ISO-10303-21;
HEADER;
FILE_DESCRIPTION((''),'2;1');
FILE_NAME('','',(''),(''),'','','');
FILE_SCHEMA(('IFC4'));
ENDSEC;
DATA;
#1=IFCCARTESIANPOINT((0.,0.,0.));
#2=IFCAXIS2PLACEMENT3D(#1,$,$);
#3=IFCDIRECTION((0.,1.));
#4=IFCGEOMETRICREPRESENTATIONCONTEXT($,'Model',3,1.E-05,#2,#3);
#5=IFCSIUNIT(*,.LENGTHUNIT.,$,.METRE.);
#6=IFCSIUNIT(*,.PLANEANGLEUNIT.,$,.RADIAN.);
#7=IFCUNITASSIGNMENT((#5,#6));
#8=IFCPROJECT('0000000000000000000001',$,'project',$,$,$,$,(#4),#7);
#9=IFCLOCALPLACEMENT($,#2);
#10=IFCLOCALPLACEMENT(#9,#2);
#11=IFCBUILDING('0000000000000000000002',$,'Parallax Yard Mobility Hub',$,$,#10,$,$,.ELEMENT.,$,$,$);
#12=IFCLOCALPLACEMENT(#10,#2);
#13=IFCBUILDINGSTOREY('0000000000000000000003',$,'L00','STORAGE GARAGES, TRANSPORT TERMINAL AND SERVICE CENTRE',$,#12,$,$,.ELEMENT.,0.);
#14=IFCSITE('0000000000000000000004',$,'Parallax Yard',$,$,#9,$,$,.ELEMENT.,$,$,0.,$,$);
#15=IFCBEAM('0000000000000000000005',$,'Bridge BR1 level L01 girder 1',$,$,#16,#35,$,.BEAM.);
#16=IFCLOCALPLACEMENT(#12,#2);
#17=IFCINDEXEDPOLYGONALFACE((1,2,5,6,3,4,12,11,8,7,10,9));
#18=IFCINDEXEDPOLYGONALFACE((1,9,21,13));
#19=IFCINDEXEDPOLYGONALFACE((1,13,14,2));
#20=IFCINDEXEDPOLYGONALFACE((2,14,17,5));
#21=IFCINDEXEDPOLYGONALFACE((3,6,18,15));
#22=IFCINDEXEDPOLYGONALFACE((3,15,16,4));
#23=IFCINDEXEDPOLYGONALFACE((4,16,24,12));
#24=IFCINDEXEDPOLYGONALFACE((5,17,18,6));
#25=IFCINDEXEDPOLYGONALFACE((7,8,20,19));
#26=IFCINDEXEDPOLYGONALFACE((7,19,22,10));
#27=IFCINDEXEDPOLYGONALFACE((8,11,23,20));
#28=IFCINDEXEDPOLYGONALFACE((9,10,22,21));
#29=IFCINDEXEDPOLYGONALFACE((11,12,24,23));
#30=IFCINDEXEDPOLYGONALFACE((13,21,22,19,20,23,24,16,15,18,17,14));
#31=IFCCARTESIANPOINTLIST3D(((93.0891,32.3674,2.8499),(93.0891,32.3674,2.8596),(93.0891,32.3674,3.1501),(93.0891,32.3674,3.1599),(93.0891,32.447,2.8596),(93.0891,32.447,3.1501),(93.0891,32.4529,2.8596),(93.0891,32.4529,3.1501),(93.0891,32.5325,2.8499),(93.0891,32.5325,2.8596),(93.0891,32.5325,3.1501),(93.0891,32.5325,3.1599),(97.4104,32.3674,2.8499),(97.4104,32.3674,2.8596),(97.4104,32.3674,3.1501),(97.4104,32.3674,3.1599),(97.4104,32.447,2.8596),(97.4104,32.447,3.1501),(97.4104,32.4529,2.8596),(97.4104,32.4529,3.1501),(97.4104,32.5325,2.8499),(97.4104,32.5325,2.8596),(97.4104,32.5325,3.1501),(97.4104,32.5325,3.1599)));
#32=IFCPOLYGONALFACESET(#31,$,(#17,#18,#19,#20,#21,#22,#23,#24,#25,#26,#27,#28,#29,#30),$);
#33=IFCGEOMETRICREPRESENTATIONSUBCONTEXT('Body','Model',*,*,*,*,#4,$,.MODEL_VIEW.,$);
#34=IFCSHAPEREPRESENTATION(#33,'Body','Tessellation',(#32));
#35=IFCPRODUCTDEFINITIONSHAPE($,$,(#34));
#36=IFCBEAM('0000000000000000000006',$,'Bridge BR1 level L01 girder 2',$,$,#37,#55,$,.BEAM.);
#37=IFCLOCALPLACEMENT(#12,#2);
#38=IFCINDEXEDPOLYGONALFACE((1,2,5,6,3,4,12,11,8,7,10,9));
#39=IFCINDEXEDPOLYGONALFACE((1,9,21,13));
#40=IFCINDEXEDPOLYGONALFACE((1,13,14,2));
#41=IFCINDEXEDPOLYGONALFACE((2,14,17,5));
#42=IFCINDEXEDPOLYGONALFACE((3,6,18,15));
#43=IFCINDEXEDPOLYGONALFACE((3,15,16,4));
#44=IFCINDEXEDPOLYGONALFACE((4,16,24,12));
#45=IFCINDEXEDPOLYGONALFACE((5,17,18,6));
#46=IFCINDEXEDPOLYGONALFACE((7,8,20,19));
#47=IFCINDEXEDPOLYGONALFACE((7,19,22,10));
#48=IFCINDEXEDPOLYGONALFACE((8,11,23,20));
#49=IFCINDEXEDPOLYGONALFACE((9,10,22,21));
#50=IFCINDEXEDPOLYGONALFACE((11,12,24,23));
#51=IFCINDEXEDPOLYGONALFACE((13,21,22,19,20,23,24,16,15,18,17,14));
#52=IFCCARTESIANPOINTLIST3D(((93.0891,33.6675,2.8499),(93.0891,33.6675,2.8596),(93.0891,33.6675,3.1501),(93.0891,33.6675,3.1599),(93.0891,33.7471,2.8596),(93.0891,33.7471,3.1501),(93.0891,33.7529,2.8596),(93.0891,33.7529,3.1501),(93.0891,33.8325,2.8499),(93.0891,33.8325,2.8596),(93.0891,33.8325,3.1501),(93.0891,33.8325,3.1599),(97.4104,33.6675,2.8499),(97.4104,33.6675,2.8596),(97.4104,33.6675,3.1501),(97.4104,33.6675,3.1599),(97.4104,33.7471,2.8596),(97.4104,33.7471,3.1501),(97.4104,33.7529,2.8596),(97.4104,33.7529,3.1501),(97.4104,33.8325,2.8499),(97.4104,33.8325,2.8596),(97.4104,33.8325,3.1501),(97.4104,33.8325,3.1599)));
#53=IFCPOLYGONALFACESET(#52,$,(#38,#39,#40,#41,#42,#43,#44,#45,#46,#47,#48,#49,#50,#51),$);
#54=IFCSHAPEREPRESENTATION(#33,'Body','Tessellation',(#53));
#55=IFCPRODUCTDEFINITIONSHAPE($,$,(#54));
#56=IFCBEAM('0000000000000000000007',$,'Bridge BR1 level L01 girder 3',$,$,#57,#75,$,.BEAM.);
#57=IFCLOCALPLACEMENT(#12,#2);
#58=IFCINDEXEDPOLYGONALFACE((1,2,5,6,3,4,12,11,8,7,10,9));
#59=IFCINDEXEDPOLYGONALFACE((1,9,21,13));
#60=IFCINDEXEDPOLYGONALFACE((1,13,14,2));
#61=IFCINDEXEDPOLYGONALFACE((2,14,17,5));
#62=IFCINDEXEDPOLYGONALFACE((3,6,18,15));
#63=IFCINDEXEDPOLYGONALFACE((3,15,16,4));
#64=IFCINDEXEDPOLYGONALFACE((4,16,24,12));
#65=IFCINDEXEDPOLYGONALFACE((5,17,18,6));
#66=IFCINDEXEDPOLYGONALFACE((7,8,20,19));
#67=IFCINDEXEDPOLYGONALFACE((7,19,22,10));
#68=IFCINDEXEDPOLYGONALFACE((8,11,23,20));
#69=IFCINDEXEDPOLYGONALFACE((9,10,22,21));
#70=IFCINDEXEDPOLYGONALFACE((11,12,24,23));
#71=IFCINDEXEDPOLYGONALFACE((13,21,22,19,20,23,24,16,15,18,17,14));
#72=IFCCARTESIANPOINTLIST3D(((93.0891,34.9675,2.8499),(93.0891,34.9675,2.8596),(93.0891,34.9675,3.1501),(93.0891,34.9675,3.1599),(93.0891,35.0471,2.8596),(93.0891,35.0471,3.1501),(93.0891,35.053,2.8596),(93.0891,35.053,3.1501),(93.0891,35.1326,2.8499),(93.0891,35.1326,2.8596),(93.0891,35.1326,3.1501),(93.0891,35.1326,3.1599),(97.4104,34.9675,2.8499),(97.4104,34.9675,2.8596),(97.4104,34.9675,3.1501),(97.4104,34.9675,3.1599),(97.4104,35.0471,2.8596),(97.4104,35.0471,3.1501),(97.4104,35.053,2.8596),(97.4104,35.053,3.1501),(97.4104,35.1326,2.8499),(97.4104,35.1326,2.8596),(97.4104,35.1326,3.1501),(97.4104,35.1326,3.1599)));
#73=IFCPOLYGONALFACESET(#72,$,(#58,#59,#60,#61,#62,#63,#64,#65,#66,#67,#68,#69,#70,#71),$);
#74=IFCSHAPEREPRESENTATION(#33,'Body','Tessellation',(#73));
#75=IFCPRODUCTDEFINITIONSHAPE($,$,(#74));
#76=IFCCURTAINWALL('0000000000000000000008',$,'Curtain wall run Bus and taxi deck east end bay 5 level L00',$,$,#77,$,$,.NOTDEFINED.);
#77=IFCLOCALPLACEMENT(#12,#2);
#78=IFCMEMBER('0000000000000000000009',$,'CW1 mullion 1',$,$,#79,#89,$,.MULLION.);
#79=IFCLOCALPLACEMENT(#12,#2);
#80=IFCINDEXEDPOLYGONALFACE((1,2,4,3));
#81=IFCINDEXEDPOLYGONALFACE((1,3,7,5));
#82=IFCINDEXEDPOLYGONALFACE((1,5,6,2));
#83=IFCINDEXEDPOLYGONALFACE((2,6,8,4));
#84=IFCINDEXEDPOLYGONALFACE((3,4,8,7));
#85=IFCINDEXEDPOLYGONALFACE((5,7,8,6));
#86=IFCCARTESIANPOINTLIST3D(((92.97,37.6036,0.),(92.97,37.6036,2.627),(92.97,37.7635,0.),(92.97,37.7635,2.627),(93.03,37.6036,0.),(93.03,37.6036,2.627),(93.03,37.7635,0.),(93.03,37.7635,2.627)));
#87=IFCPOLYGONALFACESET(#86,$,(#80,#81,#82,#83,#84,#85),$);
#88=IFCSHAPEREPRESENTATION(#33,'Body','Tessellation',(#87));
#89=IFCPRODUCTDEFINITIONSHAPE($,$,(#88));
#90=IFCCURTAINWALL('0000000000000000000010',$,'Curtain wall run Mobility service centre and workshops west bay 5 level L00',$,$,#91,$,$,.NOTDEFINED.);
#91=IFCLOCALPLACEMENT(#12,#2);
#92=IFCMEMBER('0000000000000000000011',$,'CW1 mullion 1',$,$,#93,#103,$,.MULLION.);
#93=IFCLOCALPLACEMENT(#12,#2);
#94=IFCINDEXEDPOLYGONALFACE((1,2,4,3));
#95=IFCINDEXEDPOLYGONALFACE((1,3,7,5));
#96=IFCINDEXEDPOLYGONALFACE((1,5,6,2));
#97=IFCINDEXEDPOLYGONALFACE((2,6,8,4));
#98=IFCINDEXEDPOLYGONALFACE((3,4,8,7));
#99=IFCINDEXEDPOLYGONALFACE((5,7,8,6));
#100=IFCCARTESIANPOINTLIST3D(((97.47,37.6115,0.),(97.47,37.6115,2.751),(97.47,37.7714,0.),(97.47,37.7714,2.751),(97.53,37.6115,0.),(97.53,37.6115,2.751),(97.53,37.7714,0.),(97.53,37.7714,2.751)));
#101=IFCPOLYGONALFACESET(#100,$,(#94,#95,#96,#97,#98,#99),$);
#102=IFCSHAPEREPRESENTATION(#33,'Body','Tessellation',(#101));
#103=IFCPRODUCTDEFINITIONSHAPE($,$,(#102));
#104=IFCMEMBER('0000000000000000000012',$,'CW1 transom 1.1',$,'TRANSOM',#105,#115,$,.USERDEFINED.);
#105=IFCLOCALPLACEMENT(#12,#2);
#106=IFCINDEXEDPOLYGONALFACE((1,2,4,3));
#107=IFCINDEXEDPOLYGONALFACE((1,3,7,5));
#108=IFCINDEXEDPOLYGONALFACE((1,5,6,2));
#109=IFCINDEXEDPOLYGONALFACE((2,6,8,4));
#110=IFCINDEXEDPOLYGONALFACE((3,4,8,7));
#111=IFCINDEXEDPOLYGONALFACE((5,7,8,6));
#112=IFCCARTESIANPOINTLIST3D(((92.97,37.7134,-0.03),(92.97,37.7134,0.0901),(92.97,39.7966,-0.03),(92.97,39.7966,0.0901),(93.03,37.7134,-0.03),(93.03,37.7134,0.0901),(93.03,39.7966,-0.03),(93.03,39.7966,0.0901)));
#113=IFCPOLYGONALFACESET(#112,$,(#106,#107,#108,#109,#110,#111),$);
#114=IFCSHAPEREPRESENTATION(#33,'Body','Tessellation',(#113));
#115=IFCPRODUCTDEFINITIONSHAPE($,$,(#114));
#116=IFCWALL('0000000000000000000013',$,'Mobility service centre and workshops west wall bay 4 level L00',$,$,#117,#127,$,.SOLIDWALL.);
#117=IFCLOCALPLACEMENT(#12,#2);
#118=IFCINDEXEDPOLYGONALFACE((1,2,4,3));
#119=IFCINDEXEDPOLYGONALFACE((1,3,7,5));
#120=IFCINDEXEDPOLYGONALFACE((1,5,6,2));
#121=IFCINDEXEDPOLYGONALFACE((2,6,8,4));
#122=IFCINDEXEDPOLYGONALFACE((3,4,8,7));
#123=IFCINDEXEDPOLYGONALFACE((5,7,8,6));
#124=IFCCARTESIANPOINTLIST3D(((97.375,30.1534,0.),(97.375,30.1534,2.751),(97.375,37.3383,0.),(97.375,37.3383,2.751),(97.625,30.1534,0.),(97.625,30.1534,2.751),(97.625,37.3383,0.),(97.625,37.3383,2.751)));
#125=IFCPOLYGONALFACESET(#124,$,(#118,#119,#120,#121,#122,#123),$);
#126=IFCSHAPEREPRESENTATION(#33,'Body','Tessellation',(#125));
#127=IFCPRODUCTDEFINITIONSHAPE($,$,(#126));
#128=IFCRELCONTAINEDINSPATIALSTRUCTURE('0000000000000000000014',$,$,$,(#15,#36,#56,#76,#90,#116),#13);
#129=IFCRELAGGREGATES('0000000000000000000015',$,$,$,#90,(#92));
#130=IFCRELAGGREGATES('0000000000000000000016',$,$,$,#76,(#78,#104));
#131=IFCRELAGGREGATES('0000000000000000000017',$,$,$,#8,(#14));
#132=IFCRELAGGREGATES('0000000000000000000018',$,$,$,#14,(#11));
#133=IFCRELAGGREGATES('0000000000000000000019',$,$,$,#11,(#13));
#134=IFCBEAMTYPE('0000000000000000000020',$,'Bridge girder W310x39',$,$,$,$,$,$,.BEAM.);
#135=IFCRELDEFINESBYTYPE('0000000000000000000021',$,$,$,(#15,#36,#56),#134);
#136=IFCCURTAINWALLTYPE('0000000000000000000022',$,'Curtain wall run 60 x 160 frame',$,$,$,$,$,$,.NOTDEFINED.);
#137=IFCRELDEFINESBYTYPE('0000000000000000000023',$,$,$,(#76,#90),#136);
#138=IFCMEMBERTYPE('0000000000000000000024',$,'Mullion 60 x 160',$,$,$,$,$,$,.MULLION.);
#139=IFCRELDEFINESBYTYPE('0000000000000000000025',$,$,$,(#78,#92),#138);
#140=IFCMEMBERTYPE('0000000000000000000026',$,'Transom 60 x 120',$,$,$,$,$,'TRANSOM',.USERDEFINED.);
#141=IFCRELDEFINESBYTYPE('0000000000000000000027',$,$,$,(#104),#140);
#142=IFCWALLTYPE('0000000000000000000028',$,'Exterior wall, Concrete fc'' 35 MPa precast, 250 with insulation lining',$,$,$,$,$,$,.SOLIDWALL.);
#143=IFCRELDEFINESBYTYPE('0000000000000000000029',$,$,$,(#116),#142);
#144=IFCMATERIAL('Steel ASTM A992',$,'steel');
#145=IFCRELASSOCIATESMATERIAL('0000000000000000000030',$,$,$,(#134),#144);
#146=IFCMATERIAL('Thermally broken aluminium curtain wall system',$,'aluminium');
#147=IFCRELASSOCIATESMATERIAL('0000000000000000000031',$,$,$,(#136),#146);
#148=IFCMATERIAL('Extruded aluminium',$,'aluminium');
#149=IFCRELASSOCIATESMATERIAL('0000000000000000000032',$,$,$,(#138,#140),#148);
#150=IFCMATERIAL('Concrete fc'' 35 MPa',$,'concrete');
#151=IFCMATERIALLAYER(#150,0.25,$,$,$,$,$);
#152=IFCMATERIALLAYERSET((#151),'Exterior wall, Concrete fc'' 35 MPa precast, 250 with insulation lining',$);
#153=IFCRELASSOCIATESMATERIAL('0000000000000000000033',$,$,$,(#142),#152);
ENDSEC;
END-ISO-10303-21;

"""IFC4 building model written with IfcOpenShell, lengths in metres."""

from ifc_helpers import new_model, si_unit, direction, frame, frame_2d, origin, origin_2d, place, context, subcontext, project, spatial, rectangle, i_section, extrude, material, layer, layer_set, material_profile, profile_set, type_object, element, aggregate, save


model = new_model("IFC4")

# Units and contexts
model_context = context("Model", 3, precision=1e-05, world=origin(), true_north=direction((0.0, 1.0)))
body_context = subcontext(model_context, "Body", "Model", "MODEL_VIEW")
ifc_project = project(units=[si_unit("LENGTHUNIT", "METRE"), si_unit("PLANEANGLEUNIT", "RADIAN")], contexts=[model_context])

# Site, building, storey
site_placement = place(None, origin())
site = spatial("IfcSite", under=ifc_project, at=site_placement, Name="Parallax Yard", CompositionType="ELEMENT", RefElevation=0.0)
building_placement = place(site_placement, origin())
building = spatial("IfcBuilding", under=site, at=building_placement, Name="Parallax Yard Mobility Hub", CompositionType="ELEMENT")
storey_placement = place(building_placement, origin())
storey = spatial("IfcBuildingStorey", under=building, at=storey_placement, Name="L00", Description="STORAGE GARAGES, TRANSPORT TERMINAL AND SERVICE CENTRE", CompositionType="ELEMENT", Elevation=0.0)

# Shared definitions
ifc_material_1 = material(Name="Steel ASTM A992", Category="steel")

# Beams
ifc_material_profile_1 = material_profile(ifc_material_1, i_section(OverallWidth=0.165, OverallDepth=0.3101, WebThickness=0.0059, FlangeThickness=0.0098, at=origin_2d()), Name="W310x39")
ifc_profile_set_1 = profile_set([ifc_material_profile_1], Name="Steel ASTM A992")
beam_type = type_object("IfcBeamType", Name="Bridge girder W310x39", PredefinedType="BEAM", material=ifc_profile_set_1)
for number, where, z_axis, x_axis, name in (
    (1, (93.0891, 32.45, 3.0049), (1.0, 0.0, 0.0), (0.0, 1.0, 0.0), "Bridge BR1 level L01 girder 1"),
    (2, (93.0891, 33.75, 3.0049), (1.0, 0.0, 0.0), (0.0, 1.0, 0.0), "Bridge BR1 level L01 girder 2"),
    (3, (93.0891, 35.05, 3.0049), (1.0, 0.0, 0.0), (0.0, 1.0, 0.0), "Bridge BR1 level L01 girder 3"),
):
    element("IfcBeam", number, at=place(storey_placement, frame(where, z_axis=z_axis, x_axis=x_axis)), inside=storey, type_object=beam_type, Name=name, PredefinedType="BEAM", context=body_context, shape_type="SweptSolid", body=[
        extrude(i_section(OverallWidth=0.165, OverallDepth=0.3101, WebThickness=0.0059, FlangeThickness=0.0098, at=origin_2d()), origin(), (0.0, 0.0, 1.0), 4.3213),
    ])

# Curtain walls, members
ifc_material_2 = material(Name="Thermally broken aluminium curtain wall system", Category="aluminium")
curtain_wall_type = type_object("IfcCurtainWallType", Name="Curtain wall run 60 x 160 frame", PredefinedType="NOTDEFINED", material=ifc_material_2)
curtain_wall_1_placement = place(storey_placement, origin())
curtain_wall_1 = element("IfcCurtainWall", 4, at=curtain_wall_1_placement, inside=storey, type_object=curtain_wall_type, Name="Curtain wall run Bus and taxi deck east end bay 5 level L00", PredefinedType="NOTDEFINED")
ifc_material_3 = material(Name="Extruded aluminium", Category="aluminium")
ifc_material_profile_2 = material_profile(ifc_material_3, rectangle(XDim=0.0601, YDim=0.1599, at=origin_2d()), Name="Mullion 60 x 160")
ifc_profile_set_2 = profile_set([ifc_material_profile_2], Name="Extruded aluminium")
member_type_1 = type_object("IfcMemberType", Name="Mullion 60 x 160", PredefinedType="MULLION", material=ifc_profile_set_2)
member_1_placement = place(storey_placement, frame((93.0, 37.6836, 0.0), z_axis=(0.0, 0.0, 1.0), x_axis=(-1.0, 0.0, 0.0)))
member_1 = element("IfcMember", 5, at=member_1_placement, type_object=member_type_1, Name="CW1 mullion 1", PredefinedType="MULLION", context=body_context, shape_type="SweptSolid", body=[
    extrude(rectangle(XDim=0.0601, YDim=0.1599, at=origin_2d()), origin(), (0.0, 0.0, 1.0), 2.627),
])
curtain_wall_2_placement = place(storey_placement, origin())
curtain_wall_2 = element("IfcCurtainWall", 6, at=curtain_wall_2_placement, inside=storey, type_object=curtain_wall_type, Name="Curtain wall run Mobility service centre and workshops west bay 5 level L00", PredefinedType="NOTDEFINED")
member_2_placement = place(storey_placement, frame((97.5, 37.6914, 0.0), z_axis=(0.0, 0.0, 1.0), x_axis=(-1.0, 0.0, 0.0)))
member_2 = element("IfcMember", 7, at=member_2_placement, type_object=member_type_1, Name="CW1 mullion 1", PredefinedType="MULLION", context=body_context, shape_type="SweptSolid", body=[
    extrude(rectangle(XDim=0.0601, YDim=0.1599, at=origin_2d()), origin(), (0.0, 0.0, 1.0), 2.751),
])
aggregate(curtain_wall_2, [member_2])

# Member
ifc_material_profile_3 = material_profile(ifc_material_3, rectangle(XDim=0.0601, YDim=0.1201, at=origin_2d()), Name="Transom 60 x 120")
ifc_profile_set_3 = profile_set([ifc_material_profile_3], Name="Extruded aluminium")
member_type_2 = type_object("IfcMemberType", Name="Transom 60 x 120", ElementType="TRANSOM", PredefinedType="USERDEFINED", material=ifc_profile_set_3)
member_3_placement = place(storey_placement, frame((93.0, 37.7134, 0.03), z_axis=(0.0, 1.0, 0.0), x_axis=(-1.0, 0.0, 0.0)))
member_3 = element("IfcMember", 8, at=member_3_placement, type_object=member_type_2, Name="CW1 transom 1.1", ObjectType="TRANSOM", PredefinedType="USERDEFINED", context=body_context, shape_type="SweptSolid", body=[
    extrude(rectangle(XDim=0.0601, YDim=0.1201, at=origin_2d()), origin(), (0.0, 0.0, 1.0), 2.0833),
])
aggregate(curtain_wall_1, [member_1, member_3])

# Wall
ifc_material_4 = material(Name="Concrete fc' 35 MPa", Category="concrete")
ifc_layer = layer(ifc_material_4, 0.25)
ifc_layer_set = layer_set([ifc_layer], Name="Exterior wall, Concrete fc' 35 MPa precast, 250 with insulation lining")
wall_type = type_object("IfcWallType", Name="Exterior wall, Concrete fc' 35 MPa precast, 250 with insulation lining", PredefinedType="SOLIDWALL", material=ifc_layer_set)
wall_placement = place(storey_placement, frame((97.5, 30.1536, 0.0), z_axis=(0.0, 0.0, 1.0), x_axis=(0.0, 1.0, 0.0)))
element("IfcWall", 9, at=wall_placement, inside=storey, type_object=wall_type, Name="Mobility service centre and workshops west wall bay 4 level L00", PredefinedType="SOLIDWALL", context=body_context, shape_type="SweptSolid", body=[
    extrude(rectangle(XDim=7.1848, YDim=0.25, at=frame_2d((3.5923, 0.0))), origin(), (0.0, 0.0, 1.0), 2.751),
])

save(model, "model.ifc")
